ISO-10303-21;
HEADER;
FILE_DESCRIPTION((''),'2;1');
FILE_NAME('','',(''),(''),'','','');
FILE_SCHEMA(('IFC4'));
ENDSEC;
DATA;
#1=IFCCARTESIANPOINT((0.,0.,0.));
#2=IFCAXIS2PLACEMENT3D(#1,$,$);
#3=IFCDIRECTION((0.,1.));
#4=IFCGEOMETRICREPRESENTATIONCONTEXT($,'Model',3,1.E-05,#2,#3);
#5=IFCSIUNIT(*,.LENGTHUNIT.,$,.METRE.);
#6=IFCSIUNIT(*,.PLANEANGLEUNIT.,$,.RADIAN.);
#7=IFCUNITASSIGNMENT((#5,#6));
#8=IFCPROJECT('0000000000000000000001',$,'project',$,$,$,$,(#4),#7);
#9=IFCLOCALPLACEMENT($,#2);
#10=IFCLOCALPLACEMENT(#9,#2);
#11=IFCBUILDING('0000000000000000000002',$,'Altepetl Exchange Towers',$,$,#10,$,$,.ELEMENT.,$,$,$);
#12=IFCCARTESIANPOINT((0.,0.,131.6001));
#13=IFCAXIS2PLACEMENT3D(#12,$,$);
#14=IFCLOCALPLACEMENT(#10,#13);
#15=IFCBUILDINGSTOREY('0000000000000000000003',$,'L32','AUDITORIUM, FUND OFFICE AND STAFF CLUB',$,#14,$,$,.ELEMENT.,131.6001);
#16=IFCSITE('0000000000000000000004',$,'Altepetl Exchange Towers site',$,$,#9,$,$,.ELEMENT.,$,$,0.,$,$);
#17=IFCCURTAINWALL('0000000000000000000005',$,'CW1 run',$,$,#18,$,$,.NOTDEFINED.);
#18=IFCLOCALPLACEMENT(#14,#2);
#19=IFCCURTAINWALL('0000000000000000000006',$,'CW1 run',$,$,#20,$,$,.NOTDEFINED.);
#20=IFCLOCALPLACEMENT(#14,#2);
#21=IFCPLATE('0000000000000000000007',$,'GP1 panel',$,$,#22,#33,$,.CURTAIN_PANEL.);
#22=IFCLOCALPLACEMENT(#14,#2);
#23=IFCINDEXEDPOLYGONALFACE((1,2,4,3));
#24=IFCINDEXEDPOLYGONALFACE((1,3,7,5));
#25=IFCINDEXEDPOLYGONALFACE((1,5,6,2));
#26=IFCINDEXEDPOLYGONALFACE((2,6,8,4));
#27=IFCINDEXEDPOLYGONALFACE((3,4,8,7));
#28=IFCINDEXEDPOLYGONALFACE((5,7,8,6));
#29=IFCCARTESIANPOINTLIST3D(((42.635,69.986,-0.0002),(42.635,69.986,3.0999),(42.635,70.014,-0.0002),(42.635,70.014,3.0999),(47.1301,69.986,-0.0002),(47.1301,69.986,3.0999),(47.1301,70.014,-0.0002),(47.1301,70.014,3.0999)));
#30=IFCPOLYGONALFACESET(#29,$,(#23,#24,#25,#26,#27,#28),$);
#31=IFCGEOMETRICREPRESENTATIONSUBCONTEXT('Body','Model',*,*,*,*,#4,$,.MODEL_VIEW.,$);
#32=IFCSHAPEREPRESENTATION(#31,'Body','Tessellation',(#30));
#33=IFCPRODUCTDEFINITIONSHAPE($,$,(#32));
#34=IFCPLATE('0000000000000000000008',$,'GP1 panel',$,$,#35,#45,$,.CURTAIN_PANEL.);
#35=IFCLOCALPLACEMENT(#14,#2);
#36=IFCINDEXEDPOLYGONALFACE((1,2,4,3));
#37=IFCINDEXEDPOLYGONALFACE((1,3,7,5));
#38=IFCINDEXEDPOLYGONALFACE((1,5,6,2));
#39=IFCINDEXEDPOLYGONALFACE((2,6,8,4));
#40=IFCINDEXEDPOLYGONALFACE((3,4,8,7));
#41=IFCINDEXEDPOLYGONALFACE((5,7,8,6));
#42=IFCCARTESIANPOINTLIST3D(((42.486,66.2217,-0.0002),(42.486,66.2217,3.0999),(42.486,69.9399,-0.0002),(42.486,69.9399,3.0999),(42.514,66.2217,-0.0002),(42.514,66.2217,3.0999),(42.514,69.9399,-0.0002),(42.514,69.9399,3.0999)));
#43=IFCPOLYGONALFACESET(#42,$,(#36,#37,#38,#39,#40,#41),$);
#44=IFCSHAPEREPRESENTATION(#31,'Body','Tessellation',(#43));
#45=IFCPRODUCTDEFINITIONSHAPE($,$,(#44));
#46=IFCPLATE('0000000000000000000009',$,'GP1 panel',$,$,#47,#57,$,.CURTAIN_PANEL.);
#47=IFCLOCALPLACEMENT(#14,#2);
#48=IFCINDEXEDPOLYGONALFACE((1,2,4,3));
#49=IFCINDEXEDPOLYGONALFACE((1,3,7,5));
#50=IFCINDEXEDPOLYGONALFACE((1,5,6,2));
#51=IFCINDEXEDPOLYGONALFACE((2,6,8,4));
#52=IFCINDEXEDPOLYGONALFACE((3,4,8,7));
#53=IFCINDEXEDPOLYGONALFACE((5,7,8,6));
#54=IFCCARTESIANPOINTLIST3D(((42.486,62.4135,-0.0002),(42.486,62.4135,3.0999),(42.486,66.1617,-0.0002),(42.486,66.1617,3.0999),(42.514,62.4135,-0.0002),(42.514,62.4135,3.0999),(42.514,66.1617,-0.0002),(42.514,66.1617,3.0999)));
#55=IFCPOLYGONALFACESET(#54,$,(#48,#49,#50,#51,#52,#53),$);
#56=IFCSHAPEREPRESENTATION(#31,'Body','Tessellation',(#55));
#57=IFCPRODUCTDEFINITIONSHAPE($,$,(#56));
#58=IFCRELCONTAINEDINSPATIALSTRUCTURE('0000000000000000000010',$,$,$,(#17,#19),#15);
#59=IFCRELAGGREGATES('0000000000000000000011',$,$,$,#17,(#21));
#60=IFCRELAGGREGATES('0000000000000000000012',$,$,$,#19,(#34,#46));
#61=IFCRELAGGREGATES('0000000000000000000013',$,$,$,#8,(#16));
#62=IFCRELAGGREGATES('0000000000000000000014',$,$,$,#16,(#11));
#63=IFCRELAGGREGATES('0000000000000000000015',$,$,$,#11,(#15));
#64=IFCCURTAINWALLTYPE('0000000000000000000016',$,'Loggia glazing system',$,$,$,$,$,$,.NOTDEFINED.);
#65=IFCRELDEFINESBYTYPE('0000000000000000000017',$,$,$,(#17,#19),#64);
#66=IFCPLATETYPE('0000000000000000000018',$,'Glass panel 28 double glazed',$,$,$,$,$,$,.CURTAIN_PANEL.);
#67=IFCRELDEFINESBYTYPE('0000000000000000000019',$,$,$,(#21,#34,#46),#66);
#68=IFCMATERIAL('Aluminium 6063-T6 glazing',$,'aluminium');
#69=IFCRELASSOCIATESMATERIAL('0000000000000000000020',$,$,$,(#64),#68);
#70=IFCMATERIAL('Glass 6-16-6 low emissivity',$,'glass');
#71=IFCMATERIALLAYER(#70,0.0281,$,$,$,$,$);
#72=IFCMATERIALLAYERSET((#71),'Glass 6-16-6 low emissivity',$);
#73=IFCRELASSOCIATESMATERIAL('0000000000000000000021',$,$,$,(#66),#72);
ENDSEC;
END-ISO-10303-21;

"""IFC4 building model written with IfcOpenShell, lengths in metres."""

from ifc_helpers import new_model, si_unit, direction, frame, origin, origin_2d, place, context, subcontext, project, spatial, rectangle, extrude, material, layer, layer_set, type_object, element, aggregate, save


model = new_model("IFC4")

# Units and contexts
model_context = context("Model", 3, precision=1e-05, world=origin(), true_north=direction((0.0, 1.0)))
body_context = subcontext(model_context, "Body", "Model", "MODEL_VIEW")
ifc_project = project(units=[si_unit("LENGTHUNIT", "METRE"), si_unit("PLANEANGLEUNIT", "RADIAN")], contexts=[model_context])

# Site, building, storey
site_placement = place(None, origin())
site = spatial("IfcSite", under=ifc_project, at=site_placement, Name="Altepetl Exchange Towers site", CompositionType="ELEMENT", RefElevation=0.0)
building_placement = place(site_placement, origin())
building = spatial("IfcBuilding", under=site, at=building_placement, Name="Altepetl Exchange Towers", CompositionType="ELEMENT")
storey_placement = place(building_placement, frame((0.0, 0.0, 131.6001)))
storey = spatial("IfcBuildingStorey", under=building, at=storey_placement, Name="L32", Description="AUDITORIUM, FUND OFFICE AND STAFF CLUB", CompositionType="ELEMENT", Elevation=131.6001)

# Curtain walls
ifc_material_1 = material(Name="Aluminium 6063-T6 glazing", Category="aluminium")
curtain_wall_type = type_object("IfcCurtainWallType", Name="Loggia glazing system", PredefinedType="NOTDEFINED", material=ifc_material_1)
curtain_wall_1_placement = place(storey_placement, origin())
curtain_wall_1 = element("IfcCurtainWall", 1, at=curtain_wall_1_placement, inside=storey, type_object=curtain_wall_type, Name="CW1 run", PredefinedType="NOTDEFINED")
curtain_wall_2_placement = place(storey_placement, origin())
curtain_wall_2 = element("IfcCurtainWall", 2, at=curtain_wall_2_placement, inside=storey, type_object=curtain_wall_type, Name="CW1 run", PredefinedType="NOTDEFINED")

# Plates
ifc_material_2 = material(Name="Glass 6-16-6 low emissivity", Category="glass")
ifc_layer = layer(ifc_material_2, 0.0281)
ifc_layer_set = layer_set([ifc_layer], Name="Glass 6-16-6 low emissivity")
plate_type = type_object("IfcPlateType", Name="Glass panel 28 double glazed", PredefinedType="CURTAIN_PANEL", material=ifc_layer_set)
plate_1_placement = place(storey_placement, frame((44.8826, 70.0, -0.0002), z_axis=(0.0, 0.0, 1.0), x_axis=(-1.0, 0.0, 0.0)))
plate_1 = element("IfcPlate", 3, at=plate_1_placement, type_object=plate_type, Name="GP1 panel", PredefinedType="CURTAIN_PANEL", context=body_context, shape_type="SweptSolid", body=[
    extrude(rectangle(XDim=4.4951, YDim=0.0281, at=origin_2d()), origin(), (0.0, 0.0, 1.0), 3.1001),
])
aggregate(curtain_wall_1, [plate_1])
plate_2_placement = place(storey_placement, frame((42.5, 68.0808, -0.0002), z_axis=(0.0, 0.0, 1.0), x_axis=(0.0, -1.0, 0.0)))
plate_2 = element("IfcPlate", 4, at=plate_2_placement, type_object=plate_type, Name="GP1 panel", PredefinedType="CURTAIN_PANEL", context=body_context, shape_type="SweptSolid", body=[
    extrude(rectangle(XDim=3.7183, YDim=0.0281, at=origin_2d()), origin(), (0.0, 0.0, 1.0), 3.1001),
])
plate_3_placement = place(storey_placement, frame((42.5, 64.2876, -0.0002), z_axis=(0.0, 0.0, 1.0), x_axis=(0.0, -1.0, 0.0)))
plate_3 = element("IfcPlate", 5, at=plate_3_placement, type_object=plate_type, Name="GP1 panel", PredefinedType="CURTAIN_PANEL", context=body_context, shape_type="SweptSolid", body=[
    extrude(rectangle(XDim=3.7483, YDim=0.0281, at=origin_2d()), origin(), (0.0, 0.0, 1.0), 3.1001),
])
aggregate(curtain_wall_2, [plate_2, plate_3])

save(model, "model.ifc")
